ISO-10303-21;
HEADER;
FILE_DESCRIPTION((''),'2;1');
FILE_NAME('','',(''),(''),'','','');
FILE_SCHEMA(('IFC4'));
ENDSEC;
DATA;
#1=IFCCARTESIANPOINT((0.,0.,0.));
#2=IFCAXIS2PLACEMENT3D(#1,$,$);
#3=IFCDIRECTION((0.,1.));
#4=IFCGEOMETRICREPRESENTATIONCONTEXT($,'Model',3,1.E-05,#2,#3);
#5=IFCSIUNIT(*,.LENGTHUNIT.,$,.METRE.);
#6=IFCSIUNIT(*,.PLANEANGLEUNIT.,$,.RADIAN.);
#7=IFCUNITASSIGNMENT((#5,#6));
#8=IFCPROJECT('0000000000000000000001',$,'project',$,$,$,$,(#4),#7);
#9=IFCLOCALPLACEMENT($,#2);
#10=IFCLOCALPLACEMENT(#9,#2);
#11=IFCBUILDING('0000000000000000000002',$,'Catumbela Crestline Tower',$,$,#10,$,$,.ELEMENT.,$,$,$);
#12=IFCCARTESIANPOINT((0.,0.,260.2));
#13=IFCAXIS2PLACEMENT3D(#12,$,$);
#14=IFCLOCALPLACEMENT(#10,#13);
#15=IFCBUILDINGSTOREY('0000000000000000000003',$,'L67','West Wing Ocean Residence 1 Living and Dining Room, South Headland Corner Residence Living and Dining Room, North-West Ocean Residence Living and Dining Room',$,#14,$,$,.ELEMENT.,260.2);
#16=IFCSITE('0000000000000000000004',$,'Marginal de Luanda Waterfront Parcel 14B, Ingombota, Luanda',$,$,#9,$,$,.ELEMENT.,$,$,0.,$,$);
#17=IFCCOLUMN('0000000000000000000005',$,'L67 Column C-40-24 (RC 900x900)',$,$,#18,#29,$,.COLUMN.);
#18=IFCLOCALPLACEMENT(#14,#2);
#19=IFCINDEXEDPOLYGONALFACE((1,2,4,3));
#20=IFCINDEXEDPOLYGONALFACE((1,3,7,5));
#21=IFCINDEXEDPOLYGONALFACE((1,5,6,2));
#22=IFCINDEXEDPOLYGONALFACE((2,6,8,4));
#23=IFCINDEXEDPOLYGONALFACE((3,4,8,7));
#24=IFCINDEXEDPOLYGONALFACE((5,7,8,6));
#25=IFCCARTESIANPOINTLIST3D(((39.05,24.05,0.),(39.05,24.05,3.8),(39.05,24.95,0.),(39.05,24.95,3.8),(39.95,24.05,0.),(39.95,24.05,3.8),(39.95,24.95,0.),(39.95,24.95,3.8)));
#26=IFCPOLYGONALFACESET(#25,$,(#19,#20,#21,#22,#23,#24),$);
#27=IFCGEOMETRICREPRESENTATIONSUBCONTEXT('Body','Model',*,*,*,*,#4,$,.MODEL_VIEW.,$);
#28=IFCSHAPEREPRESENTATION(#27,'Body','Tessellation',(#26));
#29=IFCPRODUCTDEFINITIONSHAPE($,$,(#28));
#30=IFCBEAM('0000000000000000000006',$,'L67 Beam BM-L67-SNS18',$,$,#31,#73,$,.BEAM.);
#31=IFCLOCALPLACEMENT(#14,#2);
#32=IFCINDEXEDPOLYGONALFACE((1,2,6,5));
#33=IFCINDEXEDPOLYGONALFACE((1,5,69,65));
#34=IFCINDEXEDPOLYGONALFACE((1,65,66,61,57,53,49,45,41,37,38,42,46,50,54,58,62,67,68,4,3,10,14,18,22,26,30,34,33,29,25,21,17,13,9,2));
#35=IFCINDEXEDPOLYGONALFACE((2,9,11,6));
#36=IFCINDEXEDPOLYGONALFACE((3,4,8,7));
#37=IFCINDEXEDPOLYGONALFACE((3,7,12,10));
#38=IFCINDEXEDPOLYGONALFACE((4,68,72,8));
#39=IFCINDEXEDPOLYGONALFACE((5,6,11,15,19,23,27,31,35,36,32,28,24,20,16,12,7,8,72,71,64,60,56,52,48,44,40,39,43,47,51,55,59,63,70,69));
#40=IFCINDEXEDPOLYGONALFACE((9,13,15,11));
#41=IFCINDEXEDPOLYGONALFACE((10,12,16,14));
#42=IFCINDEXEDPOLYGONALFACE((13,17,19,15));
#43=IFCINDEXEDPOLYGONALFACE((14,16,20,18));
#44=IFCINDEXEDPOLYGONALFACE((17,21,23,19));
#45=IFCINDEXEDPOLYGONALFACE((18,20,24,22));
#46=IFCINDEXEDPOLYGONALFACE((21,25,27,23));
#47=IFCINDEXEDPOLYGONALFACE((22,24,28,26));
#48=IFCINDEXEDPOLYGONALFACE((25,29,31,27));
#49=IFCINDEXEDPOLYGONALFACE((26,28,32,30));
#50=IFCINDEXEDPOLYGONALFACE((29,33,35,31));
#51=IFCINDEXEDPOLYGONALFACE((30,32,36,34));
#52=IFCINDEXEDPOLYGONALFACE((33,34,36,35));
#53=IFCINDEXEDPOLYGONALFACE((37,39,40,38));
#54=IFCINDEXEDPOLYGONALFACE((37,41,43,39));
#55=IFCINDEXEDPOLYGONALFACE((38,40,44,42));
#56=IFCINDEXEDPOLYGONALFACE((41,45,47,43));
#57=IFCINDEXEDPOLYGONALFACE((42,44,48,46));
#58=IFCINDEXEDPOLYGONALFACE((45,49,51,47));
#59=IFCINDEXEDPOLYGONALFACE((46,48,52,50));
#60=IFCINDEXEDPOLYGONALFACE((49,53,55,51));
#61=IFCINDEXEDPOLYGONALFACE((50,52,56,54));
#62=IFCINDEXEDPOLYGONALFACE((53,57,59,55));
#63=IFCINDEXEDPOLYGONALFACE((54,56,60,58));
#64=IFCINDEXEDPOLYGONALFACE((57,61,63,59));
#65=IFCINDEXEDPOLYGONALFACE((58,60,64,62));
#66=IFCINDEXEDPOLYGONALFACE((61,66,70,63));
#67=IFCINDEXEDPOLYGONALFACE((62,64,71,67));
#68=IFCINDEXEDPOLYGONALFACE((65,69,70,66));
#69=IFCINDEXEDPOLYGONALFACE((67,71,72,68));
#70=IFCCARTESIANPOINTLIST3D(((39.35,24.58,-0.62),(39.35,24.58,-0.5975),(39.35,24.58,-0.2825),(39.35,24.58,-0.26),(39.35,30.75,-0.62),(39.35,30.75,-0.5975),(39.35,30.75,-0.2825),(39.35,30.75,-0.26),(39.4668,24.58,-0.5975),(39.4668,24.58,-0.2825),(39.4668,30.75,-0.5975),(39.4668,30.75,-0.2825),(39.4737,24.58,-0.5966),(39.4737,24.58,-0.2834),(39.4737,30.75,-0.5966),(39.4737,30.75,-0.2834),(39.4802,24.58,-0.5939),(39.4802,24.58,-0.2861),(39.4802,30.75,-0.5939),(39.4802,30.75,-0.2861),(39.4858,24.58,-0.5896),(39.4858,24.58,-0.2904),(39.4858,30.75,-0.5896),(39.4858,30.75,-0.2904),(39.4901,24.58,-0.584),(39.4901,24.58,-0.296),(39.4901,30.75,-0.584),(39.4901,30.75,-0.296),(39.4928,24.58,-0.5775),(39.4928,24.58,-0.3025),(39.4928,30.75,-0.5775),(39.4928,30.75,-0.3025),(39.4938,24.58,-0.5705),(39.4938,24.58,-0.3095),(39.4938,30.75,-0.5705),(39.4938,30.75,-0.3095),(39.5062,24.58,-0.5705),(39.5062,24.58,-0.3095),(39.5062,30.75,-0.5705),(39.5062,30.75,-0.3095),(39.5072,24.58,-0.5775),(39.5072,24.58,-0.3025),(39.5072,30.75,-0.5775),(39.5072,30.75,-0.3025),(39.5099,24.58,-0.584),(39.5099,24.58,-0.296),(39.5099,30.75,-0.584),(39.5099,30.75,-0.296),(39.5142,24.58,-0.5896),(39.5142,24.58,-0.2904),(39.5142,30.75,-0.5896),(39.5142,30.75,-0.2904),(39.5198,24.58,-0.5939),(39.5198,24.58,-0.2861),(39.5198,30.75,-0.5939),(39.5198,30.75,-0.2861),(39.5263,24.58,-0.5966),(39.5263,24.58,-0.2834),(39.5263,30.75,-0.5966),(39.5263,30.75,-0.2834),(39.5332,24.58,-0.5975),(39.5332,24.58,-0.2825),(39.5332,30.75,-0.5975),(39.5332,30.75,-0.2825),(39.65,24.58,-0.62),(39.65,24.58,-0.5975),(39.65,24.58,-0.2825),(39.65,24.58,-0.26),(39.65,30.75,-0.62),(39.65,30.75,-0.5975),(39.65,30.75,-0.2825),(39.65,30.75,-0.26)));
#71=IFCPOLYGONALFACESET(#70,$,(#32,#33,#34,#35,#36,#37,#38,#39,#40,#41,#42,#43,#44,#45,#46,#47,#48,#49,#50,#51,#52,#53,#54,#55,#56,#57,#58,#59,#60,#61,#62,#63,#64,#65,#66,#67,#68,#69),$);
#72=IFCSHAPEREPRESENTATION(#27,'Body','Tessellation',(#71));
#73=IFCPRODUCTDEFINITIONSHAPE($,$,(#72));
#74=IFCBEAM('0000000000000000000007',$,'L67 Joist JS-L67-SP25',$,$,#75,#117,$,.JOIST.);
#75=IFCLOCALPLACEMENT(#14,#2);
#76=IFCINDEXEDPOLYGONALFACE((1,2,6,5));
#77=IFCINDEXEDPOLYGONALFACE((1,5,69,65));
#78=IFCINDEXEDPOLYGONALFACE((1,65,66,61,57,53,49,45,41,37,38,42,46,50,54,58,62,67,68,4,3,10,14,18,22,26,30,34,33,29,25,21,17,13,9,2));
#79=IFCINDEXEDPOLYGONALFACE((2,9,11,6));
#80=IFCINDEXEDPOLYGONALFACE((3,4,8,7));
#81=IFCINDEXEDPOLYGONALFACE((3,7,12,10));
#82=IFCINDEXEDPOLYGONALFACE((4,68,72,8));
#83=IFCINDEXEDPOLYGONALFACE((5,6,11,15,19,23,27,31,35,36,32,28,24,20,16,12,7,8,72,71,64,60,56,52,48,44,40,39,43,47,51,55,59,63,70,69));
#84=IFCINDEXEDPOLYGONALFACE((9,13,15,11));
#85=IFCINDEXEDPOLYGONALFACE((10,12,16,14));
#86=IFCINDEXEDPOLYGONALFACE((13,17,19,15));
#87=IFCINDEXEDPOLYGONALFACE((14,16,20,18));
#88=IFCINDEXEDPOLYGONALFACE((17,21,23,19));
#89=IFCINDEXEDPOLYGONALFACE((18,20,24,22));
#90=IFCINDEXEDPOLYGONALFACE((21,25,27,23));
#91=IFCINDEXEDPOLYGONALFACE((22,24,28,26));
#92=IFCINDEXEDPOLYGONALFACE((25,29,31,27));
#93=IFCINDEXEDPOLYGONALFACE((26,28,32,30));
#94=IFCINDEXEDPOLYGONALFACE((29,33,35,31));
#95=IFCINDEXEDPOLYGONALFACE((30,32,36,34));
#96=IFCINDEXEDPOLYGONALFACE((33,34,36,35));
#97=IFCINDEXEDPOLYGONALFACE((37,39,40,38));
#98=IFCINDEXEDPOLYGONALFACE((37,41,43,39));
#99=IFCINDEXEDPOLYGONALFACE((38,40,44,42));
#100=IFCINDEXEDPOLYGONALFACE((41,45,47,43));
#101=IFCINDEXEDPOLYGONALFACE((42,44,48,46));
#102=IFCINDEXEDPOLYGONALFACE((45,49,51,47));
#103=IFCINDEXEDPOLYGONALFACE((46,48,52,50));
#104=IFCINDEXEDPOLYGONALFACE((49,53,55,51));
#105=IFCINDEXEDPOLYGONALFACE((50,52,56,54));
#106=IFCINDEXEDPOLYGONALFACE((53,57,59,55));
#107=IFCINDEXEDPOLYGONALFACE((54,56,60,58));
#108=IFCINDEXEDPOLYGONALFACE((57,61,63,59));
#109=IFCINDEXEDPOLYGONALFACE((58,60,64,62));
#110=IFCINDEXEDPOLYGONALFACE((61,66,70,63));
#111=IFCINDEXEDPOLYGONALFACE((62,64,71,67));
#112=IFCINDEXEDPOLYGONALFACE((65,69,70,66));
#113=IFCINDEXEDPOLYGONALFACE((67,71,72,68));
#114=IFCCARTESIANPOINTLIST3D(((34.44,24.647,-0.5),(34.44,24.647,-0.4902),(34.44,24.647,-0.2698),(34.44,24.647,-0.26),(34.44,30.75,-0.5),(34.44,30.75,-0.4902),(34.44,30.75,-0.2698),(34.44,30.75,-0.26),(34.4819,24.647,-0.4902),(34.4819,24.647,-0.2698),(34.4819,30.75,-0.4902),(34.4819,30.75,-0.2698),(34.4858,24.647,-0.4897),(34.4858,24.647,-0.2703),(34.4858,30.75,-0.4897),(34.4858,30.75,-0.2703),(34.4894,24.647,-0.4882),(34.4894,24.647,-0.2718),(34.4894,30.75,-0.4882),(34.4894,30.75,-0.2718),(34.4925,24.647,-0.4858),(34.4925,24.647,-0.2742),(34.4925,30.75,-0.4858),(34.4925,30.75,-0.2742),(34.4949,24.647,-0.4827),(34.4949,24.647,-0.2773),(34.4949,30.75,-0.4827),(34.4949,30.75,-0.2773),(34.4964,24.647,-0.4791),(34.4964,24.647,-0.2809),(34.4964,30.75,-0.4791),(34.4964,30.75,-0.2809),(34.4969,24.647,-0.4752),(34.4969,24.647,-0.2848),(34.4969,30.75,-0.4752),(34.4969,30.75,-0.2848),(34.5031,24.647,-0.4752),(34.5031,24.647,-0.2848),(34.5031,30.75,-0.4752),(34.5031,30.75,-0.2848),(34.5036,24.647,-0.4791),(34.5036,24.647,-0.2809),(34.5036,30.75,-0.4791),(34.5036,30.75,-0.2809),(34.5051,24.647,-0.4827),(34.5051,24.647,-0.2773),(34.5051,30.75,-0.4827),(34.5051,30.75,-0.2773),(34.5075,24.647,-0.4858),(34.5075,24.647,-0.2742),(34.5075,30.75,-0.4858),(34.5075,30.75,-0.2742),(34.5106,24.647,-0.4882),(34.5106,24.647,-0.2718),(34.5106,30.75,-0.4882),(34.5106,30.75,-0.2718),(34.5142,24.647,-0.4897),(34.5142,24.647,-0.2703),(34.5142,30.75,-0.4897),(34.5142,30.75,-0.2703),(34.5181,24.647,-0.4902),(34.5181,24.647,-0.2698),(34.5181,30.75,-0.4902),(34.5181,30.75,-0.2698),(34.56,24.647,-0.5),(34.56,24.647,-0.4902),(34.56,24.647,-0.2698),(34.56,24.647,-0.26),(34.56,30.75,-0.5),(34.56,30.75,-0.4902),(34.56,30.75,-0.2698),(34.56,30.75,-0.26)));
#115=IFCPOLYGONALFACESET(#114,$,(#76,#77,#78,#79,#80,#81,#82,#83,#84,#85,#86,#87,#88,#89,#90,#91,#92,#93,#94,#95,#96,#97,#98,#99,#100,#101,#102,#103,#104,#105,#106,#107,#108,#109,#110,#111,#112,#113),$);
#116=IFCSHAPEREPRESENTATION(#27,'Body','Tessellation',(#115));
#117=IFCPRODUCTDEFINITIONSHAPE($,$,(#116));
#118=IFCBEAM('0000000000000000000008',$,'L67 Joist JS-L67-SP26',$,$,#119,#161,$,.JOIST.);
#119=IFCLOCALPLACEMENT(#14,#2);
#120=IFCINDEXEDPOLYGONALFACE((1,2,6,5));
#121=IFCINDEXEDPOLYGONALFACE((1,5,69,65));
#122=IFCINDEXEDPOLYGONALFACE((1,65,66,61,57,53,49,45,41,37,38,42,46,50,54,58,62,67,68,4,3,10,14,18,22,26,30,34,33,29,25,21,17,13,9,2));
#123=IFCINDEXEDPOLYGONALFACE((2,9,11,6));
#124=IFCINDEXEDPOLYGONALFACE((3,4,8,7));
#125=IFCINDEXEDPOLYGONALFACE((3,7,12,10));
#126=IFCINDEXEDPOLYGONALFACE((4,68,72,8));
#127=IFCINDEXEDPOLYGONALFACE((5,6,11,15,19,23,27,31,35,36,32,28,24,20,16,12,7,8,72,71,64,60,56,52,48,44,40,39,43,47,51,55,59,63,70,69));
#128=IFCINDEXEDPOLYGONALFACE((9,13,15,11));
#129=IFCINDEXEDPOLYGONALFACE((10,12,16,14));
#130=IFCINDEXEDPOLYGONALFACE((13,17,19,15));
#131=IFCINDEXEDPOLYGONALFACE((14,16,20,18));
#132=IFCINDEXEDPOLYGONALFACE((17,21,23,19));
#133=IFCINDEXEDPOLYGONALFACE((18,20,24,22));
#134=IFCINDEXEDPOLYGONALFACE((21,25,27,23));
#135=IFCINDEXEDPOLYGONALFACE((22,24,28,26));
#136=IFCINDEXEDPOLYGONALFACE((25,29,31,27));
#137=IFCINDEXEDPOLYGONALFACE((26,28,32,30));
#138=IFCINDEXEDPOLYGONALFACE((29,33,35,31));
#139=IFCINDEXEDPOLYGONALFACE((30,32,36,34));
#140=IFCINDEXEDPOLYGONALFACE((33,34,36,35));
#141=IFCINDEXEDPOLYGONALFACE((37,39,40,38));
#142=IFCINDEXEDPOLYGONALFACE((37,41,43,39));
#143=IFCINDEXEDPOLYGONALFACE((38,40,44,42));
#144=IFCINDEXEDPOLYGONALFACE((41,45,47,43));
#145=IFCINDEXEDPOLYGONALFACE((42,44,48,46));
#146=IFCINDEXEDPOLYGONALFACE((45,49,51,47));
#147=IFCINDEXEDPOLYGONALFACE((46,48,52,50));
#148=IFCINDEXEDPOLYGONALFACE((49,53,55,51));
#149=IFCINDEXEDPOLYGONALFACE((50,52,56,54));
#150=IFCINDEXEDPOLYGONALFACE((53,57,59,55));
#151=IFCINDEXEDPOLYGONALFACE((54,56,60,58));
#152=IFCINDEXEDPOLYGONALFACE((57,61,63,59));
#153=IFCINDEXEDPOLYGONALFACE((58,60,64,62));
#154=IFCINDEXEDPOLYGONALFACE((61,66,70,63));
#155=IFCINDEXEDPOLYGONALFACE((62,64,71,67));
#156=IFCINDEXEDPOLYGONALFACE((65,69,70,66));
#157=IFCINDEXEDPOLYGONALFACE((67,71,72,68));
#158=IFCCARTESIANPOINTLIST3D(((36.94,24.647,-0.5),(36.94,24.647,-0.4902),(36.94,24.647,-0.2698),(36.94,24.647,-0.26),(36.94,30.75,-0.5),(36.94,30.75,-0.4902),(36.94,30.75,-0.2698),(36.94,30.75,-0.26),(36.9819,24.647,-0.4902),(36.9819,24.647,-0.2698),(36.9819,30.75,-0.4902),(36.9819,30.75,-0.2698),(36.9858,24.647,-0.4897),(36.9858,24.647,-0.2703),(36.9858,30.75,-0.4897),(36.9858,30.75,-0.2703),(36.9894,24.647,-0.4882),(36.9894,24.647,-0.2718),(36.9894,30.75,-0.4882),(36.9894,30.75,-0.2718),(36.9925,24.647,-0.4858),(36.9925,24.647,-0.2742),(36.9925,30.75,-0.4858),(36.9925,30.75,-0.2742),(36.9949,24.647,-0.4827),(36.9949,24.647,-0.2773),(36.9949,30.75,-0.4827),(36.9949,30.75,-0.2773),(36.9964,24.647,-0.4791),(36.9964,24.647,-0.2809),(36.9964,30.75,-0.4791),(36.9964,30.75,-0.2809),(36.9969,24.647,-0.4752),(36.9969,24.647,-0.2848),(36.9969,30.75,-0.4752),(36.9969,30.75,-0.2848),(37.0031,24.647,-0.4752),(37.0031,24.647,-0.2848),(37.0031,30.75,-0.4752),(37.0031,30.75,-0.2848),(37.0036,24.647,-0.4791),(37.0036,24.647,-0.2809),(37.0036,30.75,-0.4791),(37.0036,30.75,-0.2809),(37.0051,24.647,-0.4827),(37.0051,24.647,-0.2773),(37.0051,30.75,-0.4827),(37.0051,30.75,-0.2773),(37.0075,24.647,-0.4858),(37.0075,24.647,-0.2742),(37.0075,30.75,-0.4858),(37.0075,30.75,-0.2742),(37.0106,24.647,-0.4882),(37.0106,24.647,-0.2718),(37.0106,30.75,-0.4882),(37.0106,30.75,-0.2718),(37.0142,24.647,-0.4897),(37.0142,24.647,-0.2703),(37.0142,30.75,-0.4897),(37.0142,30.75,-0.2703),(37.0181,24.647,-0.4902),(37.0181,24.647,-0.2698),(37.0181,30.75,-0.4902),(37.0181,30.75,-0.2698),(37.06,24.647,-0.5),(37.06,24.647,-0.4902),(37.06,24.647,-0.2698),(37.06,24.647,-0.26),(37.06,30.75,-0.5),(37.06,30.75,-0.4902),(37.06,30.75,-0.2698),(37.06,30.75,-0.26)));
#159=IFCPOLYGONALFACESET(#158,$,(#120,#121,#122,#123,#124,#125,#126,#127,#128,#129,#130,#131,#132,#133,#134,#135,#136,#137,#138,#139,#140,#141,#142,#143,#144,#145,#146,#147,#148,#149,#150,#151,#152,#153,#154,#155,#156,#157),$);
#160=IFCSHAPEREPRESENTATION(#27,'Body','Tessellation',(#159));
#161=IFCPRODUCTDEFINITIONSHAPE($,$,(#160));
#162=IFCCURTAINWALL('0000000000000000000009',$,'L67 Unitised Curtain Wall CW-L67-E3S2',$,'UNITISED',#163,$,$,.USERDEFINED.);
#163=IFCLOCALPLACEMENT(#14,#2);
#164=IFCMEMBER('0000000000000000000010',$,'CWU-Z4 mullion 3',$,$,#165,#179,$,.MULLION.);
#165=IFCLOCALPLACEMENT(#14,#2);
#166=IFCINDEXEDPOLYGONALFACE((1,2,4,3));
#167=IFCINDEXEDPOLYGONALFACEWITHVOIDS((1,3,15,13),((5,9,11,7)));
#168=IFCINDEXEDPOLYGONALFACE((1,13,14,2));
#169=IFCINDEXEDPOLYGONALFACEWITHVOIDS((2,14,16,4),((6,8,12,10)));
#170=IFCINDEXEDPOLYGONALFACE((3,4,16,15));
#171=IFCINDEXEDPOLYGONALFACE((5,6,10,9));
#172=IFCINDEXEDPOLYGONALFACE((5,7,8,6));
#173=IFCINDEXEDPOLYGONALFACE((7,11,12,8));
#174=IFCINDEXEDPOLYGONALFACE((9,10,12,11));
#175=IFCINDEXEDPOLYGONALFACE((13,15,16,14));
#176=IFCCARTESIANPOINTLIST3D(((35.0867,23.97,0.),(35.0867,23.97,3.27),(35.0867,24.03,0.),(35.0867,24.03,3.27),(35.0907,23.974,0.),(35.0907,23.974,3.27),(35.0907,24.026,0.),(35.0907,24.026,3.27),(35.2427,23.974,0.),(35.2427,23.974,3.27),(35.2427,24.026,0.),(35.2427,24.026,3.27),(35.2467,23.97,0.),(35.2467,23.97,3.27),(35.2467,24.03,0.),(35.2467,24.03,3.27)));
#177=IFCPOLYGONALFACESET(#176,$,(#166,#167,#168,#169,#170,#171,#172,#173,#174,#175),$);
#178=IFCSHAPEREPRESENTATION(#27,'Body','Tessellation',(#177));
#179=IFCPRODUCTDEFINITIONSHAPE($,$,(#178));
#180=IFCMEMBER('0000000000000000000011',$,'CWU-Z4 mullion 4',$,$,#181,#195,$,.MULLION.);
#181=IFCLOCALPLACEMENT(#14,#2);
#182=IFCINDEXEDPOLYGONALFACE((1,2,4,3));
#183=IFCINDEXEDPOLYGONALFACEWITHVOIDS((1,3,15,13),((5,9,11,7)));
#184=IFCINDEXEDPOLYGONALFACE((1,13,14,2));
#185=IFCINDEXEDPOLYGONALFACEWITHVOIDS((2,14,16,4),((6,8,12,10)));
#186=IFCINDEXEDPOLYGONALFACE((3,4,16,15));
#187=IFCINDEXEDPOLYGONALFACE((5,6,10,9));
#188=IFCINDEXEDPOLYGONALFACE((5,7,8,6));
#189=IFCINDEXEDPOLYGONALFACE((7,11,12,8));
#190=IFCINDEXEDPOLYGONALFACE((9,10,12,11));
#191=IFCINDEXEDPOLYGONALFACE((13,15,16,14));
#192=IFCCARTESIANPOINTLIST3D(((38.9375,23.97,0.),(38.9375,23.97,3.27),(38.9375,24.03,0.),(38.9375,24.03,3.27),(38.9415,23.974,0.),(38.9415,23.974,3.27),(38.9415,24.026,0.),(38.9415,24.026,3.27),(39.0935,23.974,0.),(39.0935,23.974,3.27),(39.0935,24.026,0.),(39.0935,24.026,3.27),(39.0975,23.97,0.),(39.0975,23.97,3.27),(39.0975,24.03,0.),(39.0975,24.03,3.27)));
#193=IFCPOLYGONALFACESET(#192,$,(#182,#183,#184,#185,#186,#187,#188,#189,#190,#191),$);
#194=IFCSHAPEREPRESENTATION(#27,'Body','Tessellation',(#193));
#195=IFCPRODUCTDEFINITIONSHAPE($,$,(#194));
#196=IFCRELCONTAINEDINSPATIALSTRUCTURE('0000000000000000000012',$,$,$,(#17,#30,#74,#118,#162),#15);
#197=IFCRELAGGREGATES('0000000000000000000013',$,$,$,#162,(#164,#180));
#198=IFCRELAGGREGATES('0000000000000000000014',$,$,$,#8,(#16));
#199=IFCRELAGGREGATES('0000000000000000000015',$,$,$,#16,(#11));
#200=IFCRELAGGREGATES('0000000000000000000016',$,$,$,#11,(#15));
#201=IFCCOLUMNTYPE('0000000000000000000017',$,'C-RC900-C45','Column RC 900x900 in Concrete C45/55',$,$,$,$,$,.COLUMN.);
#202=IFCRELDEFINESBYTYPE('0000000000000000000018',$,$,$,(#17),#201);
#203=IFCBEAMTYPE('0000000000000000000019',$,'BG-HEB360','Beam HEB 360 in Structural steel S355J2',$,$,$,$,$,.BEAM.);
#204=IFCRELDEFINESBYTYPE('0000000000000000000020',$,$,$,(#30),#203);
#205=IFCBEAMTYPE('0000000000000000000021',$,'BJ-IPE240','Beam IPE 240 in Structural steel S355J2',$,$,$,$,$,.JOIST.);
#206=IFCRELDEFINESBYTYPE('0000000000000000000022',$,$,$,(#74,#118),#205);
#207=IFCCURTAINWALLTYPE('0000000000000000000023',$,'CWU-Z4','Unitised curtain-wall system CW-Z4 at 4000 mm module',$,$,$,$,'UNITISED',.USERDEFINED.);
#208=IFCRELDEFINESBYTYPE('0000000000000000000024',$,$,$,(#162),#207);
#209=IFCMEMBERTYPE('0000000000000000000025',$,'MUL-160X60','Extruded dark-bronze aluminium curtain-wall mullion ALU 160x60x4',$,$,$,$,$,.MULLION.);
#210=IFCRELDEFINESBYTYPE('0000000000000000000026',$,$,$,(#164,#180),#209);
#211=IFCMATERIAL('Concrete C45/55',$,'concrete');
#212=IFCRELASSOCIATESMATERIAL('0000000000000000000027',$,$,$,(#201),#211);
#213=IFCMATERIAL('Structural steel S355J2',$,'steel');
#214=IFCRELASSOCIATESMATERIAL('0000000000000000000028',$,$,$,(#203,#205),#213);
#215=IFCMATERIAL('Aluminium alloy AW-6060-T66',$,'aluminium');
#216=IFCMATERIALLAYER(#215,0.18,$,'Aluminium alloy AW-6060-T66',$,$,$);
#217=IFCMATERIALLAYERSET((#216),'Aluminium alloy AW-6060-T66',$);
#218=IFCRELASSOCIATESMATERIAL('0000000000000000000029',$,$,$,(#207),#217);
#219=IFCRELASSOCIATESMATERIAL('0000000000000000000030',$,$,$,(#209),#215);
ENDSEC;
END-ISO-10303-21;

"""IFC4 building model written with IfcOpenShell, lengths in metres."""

from ifc_helpers import new_model, si_unit, direction, frame, origin, origin_2d, place, context, subcontext, project, spatial, rectangle, hollow_rectangle, i_section, extrude, material, layer, layer_set, material_profile, profile_set, type_object, element, aggregate, save


model = new_model("IFC4")

# Units and contexts
model_context = context("Model", 3, precision=1e-05, world=origin(), true_north=direction((0.0, 1.0)))
body_context = subcontext(model_context, "Body", "Model", "MODEL_VIEW")
ifc_project = project(units=[si_unit("LENGTHUNIT", "METRE"), si_unit("PLANEANGLEUNIT", "RADIAN")], contexts=[model_context])

# Site, building, storey
site_placement = place(None, origin())
site = spatial("IfcSite", under=ifc_project, at=site_placement, Name="Marginal de Luanda Waterfront Parcel 14B, Ingombota, Luanda", CompositionType="ELEMENT", RefElevation=0.0)
building_placement = place(site_placement, origin())
building = spatial("IfcBuilding", under=site, at=building_placement, Name="Catumbela Crestline Tower", CompositionType="ELEMENT")
storey_placement = place(building_placement, frame((0.0, 0.0, 260.2)))
storey = spatial("IfcBuildingStorey", under=building, at=storey_placement, Name="L67", Description="West Wing Ocean Residence 1 Living and Dining Room, South Headland Corner Residence Living and Dining Room, North-West Ocean Residence Living and Dining Room", CompositionType="ELEMENT", Elevation=260.2)

# Column
ifc_material_1 = material(Name="Concrete C45/55", Category="concrete")
ifc_material_profile_1 = material_profile(ifc_material_1, rectangle(XDim=0.9, YDim=0.9, at=origin_2d()), Name="RC 900x900")
ifc_profile_set_1 = profile_set([ifc_material_profile_1], Name="Concrete C45/55")
column_type = type_object("IfcColumnType", Name="C-RC900-C45", Description="Column RC 900x900 in Concrete C45/55", PredefinedType="COLUMN", material=ifc_profile_set_1)
column_placement = place(storey_placement, frame((39.5, 24.5, 0.0), z_axis=(0.0, 0.0, 1.0), x_axis=(1.0, 0.0, 0.0)))
element("IfcColumn", 1, at=column_placement, inside=storey, type_object=column_type, Name="L67 Column C-40-24 (RC 900x900)", PredefinedType="COLUMN", context=body_context, shape_type="SweptSolid", body=[
    extrude(rectangle(XDim=0.9, YDim=0.9, at=origin_2d()), origin(), (0.0, 0.0, 1.0), 3.8),
])

# Beams
ifc_material_2 = material(Name="Structural steel S355J2", Category="steel")
ifc_material_profile_2 = material_profile(ifc_material_2, i_section(OverallWidth=0.3, OverallDepth=0.36, WebThickness=0.0125, FlangeThickness=0.0225, FilletRadius=0.027, at=origin_2d()), Name="HEB 360")
ifc_profile_set_2 = profile_set([ifc_material_profile_2], Name="Structural steel S355J2")
beam_type_1 = type_object("IfcBeamType", Name="BG-HEB360", Description="Beam HEB 360 in Structural steel S355J2", PredefinedType="BEAM", material=ifc_profile_set_2)
beam_placement = place(storey_placement, frame((39.5, 24.58, -0.44), z_axis=(0.0, 1.0, 0.0), x_axis=(-1.0, 0.0, 0.0)))
element("IfcBeam", 2, at=beam_placement, inside=storey, type_object=beam_type_1, Name="L67 Beam BM-L67-SNS18", PredefinedType="BEAM", context=body_context, shape_type="SweptSolid", body=[
    extrude(i_section(OverallWidth=0.3, OverallDepth=0.36, WebThickness=0.0125, FlangeThickness=0.0225, FilletRadius=0.027, at=origin_2d()), origin(), (0.0, 0.0, 1.0), 6.17),
])
ifc_material_profile_3 = material_profile(ifc_material_2, i_section(OverallWidth=0.12, OverallDepth=0.24, WebThickness=0.0062, FlangeThickness=0.0098, FilletRadius=0.015, at=origin_2d()), Name="IPE 240")
ifc_profile_set_3 = profile_set([ifc_material_profile_3], Name="Structural steel S355J2")
beam_type_2 = type_object("IfcBeamType", Name="BJ-IPE240", Description="Beam IPE 240 in Structural steel S355J2", PredefinedType="JOIST", material=ifc_profile_set_3)
for number, where, z_axis, x_axis, name in (
    (3, (34.5, 24.647, -0.38), (0.0, 1.0, 0.0), (-1.0, 0.0, 0.0), "L67 Joist JS-L67-SP25"),
    (4, (37.0, 24.647, -0.38), (0.0, 1.0, 0.0), (-1.0, 0.0, 0.0), "L67 Joist JS-L67-SP26"),
):
    element("IfcBeam", number, at=place(storey_placement, frame(where, z_axis=z_axis, x_axis=x_axis)), inside=storey, type_object=beam_type_2, Name=name, PredefinedType="JOIST", context=body_context, shape_type="SweptSolid", body=[
        extrude(i_section(OverallWidth=0.12, OverallDepth=0.24, WebThickness=0.0062, FlangeThickness=0.0098, FilletRadius=0.015, at=origin_2d()), origin(), (0.0, 0.0, 1.0), 6.103),
    ])

# Curtain wall, members
ifc_material_3 = material(Name="Aluminium alloy AW-6060-T66", Category="aluminium")
ifc_layer_1 = layer(ifc_material_3, 0.18, Name="Aluminium alloy AW-6060-T66")
ifc_layer_set_1 = layer_set([ifc_layer_1], Name="Aluminium alloy AW-6060-T66")
curtain_wall_type = type_object("IfcCurtainWallType", Name="CWU-Z4", Description="Unitised curtain-wall system CW-Z4 at 4000 mm module", ElementType="UNITISED", PredefinedType="USERDEFINED", material=ifc_layer_set_1)
curtain_wall_placement = place(storey_placement, origin())
curtain_wall = element("IfcCurtainWall", 5, at=curtain_wall_placement, inside=storey, type_object=curtain_wall_type, Name="L67 Unitised Curtain Wall CW-L67-E3S2", ObjectType="UNITISED", PredefinedType="USERDEFINED")
ifc_material_profile_4 = material_profile(ifc_material_3, hollow_rectangle(XDim=0.06, YDim=0.16, WallThickness=0.004, at=origin_2d()), Name="ALU 160x60x4")
ifc_profile_set_4 = profile_set([ifc_material_profile_4], Name="Aluminium alloy AW-6060-T66")
member_type_1 = type_object("IfcMemberType", Name="MUL-160X60", Description="Extruded dark-bronze aluminium curtain-wall mullion ALU 160x60x4", PredefinedType="MULLION", material=ifc_profile_set_4)
member_1_placement = place(storey_placement, frame((35.1667, 24.0, 0.0), z_axis=(0.0, 0.0, 1.0), x_axis=(0.0, 1.0, 0.0)))
member_1 = element("IfcMember", 6, at=member_1_placement, type_object=member_type_1, Name="CWU-Z4 mullion 3", PredefinedType="MULLION", context=body_context, shape_type="SweptSolid", body=[
    extrude(hollow_rectangle(XDim=0.06, YDim=0.16, WallThickness=0.004, at=origin_2d()), origin(), (0.0, 0.0, 1.0), 3.27),
])
member_2_placement = place(storey_placement, frame((39.0175, 24.0, 0.0), z_axis=(0.0, 0.0, 1.0), x_axis=(0.0, 1.0, 0.0)))
member_2 = element("IfcMember", 7, at=member_2_placement, type_object=member_type_1, Name="CWU-Z4 mullion 4", PredefinedType="MULLION", context=body_context, shape_type="SweptSolid", body=[
    extrude(hollow_rectangle(XDim=0.06, YDim=0.16, WallThickness=0.004, at=origin_2d()), origin(), (0.0, 0.0, 1.0), 3.27),
])
aggregate(curtain_wall, [member_1, member_2])

save(model, "model.ifc")
